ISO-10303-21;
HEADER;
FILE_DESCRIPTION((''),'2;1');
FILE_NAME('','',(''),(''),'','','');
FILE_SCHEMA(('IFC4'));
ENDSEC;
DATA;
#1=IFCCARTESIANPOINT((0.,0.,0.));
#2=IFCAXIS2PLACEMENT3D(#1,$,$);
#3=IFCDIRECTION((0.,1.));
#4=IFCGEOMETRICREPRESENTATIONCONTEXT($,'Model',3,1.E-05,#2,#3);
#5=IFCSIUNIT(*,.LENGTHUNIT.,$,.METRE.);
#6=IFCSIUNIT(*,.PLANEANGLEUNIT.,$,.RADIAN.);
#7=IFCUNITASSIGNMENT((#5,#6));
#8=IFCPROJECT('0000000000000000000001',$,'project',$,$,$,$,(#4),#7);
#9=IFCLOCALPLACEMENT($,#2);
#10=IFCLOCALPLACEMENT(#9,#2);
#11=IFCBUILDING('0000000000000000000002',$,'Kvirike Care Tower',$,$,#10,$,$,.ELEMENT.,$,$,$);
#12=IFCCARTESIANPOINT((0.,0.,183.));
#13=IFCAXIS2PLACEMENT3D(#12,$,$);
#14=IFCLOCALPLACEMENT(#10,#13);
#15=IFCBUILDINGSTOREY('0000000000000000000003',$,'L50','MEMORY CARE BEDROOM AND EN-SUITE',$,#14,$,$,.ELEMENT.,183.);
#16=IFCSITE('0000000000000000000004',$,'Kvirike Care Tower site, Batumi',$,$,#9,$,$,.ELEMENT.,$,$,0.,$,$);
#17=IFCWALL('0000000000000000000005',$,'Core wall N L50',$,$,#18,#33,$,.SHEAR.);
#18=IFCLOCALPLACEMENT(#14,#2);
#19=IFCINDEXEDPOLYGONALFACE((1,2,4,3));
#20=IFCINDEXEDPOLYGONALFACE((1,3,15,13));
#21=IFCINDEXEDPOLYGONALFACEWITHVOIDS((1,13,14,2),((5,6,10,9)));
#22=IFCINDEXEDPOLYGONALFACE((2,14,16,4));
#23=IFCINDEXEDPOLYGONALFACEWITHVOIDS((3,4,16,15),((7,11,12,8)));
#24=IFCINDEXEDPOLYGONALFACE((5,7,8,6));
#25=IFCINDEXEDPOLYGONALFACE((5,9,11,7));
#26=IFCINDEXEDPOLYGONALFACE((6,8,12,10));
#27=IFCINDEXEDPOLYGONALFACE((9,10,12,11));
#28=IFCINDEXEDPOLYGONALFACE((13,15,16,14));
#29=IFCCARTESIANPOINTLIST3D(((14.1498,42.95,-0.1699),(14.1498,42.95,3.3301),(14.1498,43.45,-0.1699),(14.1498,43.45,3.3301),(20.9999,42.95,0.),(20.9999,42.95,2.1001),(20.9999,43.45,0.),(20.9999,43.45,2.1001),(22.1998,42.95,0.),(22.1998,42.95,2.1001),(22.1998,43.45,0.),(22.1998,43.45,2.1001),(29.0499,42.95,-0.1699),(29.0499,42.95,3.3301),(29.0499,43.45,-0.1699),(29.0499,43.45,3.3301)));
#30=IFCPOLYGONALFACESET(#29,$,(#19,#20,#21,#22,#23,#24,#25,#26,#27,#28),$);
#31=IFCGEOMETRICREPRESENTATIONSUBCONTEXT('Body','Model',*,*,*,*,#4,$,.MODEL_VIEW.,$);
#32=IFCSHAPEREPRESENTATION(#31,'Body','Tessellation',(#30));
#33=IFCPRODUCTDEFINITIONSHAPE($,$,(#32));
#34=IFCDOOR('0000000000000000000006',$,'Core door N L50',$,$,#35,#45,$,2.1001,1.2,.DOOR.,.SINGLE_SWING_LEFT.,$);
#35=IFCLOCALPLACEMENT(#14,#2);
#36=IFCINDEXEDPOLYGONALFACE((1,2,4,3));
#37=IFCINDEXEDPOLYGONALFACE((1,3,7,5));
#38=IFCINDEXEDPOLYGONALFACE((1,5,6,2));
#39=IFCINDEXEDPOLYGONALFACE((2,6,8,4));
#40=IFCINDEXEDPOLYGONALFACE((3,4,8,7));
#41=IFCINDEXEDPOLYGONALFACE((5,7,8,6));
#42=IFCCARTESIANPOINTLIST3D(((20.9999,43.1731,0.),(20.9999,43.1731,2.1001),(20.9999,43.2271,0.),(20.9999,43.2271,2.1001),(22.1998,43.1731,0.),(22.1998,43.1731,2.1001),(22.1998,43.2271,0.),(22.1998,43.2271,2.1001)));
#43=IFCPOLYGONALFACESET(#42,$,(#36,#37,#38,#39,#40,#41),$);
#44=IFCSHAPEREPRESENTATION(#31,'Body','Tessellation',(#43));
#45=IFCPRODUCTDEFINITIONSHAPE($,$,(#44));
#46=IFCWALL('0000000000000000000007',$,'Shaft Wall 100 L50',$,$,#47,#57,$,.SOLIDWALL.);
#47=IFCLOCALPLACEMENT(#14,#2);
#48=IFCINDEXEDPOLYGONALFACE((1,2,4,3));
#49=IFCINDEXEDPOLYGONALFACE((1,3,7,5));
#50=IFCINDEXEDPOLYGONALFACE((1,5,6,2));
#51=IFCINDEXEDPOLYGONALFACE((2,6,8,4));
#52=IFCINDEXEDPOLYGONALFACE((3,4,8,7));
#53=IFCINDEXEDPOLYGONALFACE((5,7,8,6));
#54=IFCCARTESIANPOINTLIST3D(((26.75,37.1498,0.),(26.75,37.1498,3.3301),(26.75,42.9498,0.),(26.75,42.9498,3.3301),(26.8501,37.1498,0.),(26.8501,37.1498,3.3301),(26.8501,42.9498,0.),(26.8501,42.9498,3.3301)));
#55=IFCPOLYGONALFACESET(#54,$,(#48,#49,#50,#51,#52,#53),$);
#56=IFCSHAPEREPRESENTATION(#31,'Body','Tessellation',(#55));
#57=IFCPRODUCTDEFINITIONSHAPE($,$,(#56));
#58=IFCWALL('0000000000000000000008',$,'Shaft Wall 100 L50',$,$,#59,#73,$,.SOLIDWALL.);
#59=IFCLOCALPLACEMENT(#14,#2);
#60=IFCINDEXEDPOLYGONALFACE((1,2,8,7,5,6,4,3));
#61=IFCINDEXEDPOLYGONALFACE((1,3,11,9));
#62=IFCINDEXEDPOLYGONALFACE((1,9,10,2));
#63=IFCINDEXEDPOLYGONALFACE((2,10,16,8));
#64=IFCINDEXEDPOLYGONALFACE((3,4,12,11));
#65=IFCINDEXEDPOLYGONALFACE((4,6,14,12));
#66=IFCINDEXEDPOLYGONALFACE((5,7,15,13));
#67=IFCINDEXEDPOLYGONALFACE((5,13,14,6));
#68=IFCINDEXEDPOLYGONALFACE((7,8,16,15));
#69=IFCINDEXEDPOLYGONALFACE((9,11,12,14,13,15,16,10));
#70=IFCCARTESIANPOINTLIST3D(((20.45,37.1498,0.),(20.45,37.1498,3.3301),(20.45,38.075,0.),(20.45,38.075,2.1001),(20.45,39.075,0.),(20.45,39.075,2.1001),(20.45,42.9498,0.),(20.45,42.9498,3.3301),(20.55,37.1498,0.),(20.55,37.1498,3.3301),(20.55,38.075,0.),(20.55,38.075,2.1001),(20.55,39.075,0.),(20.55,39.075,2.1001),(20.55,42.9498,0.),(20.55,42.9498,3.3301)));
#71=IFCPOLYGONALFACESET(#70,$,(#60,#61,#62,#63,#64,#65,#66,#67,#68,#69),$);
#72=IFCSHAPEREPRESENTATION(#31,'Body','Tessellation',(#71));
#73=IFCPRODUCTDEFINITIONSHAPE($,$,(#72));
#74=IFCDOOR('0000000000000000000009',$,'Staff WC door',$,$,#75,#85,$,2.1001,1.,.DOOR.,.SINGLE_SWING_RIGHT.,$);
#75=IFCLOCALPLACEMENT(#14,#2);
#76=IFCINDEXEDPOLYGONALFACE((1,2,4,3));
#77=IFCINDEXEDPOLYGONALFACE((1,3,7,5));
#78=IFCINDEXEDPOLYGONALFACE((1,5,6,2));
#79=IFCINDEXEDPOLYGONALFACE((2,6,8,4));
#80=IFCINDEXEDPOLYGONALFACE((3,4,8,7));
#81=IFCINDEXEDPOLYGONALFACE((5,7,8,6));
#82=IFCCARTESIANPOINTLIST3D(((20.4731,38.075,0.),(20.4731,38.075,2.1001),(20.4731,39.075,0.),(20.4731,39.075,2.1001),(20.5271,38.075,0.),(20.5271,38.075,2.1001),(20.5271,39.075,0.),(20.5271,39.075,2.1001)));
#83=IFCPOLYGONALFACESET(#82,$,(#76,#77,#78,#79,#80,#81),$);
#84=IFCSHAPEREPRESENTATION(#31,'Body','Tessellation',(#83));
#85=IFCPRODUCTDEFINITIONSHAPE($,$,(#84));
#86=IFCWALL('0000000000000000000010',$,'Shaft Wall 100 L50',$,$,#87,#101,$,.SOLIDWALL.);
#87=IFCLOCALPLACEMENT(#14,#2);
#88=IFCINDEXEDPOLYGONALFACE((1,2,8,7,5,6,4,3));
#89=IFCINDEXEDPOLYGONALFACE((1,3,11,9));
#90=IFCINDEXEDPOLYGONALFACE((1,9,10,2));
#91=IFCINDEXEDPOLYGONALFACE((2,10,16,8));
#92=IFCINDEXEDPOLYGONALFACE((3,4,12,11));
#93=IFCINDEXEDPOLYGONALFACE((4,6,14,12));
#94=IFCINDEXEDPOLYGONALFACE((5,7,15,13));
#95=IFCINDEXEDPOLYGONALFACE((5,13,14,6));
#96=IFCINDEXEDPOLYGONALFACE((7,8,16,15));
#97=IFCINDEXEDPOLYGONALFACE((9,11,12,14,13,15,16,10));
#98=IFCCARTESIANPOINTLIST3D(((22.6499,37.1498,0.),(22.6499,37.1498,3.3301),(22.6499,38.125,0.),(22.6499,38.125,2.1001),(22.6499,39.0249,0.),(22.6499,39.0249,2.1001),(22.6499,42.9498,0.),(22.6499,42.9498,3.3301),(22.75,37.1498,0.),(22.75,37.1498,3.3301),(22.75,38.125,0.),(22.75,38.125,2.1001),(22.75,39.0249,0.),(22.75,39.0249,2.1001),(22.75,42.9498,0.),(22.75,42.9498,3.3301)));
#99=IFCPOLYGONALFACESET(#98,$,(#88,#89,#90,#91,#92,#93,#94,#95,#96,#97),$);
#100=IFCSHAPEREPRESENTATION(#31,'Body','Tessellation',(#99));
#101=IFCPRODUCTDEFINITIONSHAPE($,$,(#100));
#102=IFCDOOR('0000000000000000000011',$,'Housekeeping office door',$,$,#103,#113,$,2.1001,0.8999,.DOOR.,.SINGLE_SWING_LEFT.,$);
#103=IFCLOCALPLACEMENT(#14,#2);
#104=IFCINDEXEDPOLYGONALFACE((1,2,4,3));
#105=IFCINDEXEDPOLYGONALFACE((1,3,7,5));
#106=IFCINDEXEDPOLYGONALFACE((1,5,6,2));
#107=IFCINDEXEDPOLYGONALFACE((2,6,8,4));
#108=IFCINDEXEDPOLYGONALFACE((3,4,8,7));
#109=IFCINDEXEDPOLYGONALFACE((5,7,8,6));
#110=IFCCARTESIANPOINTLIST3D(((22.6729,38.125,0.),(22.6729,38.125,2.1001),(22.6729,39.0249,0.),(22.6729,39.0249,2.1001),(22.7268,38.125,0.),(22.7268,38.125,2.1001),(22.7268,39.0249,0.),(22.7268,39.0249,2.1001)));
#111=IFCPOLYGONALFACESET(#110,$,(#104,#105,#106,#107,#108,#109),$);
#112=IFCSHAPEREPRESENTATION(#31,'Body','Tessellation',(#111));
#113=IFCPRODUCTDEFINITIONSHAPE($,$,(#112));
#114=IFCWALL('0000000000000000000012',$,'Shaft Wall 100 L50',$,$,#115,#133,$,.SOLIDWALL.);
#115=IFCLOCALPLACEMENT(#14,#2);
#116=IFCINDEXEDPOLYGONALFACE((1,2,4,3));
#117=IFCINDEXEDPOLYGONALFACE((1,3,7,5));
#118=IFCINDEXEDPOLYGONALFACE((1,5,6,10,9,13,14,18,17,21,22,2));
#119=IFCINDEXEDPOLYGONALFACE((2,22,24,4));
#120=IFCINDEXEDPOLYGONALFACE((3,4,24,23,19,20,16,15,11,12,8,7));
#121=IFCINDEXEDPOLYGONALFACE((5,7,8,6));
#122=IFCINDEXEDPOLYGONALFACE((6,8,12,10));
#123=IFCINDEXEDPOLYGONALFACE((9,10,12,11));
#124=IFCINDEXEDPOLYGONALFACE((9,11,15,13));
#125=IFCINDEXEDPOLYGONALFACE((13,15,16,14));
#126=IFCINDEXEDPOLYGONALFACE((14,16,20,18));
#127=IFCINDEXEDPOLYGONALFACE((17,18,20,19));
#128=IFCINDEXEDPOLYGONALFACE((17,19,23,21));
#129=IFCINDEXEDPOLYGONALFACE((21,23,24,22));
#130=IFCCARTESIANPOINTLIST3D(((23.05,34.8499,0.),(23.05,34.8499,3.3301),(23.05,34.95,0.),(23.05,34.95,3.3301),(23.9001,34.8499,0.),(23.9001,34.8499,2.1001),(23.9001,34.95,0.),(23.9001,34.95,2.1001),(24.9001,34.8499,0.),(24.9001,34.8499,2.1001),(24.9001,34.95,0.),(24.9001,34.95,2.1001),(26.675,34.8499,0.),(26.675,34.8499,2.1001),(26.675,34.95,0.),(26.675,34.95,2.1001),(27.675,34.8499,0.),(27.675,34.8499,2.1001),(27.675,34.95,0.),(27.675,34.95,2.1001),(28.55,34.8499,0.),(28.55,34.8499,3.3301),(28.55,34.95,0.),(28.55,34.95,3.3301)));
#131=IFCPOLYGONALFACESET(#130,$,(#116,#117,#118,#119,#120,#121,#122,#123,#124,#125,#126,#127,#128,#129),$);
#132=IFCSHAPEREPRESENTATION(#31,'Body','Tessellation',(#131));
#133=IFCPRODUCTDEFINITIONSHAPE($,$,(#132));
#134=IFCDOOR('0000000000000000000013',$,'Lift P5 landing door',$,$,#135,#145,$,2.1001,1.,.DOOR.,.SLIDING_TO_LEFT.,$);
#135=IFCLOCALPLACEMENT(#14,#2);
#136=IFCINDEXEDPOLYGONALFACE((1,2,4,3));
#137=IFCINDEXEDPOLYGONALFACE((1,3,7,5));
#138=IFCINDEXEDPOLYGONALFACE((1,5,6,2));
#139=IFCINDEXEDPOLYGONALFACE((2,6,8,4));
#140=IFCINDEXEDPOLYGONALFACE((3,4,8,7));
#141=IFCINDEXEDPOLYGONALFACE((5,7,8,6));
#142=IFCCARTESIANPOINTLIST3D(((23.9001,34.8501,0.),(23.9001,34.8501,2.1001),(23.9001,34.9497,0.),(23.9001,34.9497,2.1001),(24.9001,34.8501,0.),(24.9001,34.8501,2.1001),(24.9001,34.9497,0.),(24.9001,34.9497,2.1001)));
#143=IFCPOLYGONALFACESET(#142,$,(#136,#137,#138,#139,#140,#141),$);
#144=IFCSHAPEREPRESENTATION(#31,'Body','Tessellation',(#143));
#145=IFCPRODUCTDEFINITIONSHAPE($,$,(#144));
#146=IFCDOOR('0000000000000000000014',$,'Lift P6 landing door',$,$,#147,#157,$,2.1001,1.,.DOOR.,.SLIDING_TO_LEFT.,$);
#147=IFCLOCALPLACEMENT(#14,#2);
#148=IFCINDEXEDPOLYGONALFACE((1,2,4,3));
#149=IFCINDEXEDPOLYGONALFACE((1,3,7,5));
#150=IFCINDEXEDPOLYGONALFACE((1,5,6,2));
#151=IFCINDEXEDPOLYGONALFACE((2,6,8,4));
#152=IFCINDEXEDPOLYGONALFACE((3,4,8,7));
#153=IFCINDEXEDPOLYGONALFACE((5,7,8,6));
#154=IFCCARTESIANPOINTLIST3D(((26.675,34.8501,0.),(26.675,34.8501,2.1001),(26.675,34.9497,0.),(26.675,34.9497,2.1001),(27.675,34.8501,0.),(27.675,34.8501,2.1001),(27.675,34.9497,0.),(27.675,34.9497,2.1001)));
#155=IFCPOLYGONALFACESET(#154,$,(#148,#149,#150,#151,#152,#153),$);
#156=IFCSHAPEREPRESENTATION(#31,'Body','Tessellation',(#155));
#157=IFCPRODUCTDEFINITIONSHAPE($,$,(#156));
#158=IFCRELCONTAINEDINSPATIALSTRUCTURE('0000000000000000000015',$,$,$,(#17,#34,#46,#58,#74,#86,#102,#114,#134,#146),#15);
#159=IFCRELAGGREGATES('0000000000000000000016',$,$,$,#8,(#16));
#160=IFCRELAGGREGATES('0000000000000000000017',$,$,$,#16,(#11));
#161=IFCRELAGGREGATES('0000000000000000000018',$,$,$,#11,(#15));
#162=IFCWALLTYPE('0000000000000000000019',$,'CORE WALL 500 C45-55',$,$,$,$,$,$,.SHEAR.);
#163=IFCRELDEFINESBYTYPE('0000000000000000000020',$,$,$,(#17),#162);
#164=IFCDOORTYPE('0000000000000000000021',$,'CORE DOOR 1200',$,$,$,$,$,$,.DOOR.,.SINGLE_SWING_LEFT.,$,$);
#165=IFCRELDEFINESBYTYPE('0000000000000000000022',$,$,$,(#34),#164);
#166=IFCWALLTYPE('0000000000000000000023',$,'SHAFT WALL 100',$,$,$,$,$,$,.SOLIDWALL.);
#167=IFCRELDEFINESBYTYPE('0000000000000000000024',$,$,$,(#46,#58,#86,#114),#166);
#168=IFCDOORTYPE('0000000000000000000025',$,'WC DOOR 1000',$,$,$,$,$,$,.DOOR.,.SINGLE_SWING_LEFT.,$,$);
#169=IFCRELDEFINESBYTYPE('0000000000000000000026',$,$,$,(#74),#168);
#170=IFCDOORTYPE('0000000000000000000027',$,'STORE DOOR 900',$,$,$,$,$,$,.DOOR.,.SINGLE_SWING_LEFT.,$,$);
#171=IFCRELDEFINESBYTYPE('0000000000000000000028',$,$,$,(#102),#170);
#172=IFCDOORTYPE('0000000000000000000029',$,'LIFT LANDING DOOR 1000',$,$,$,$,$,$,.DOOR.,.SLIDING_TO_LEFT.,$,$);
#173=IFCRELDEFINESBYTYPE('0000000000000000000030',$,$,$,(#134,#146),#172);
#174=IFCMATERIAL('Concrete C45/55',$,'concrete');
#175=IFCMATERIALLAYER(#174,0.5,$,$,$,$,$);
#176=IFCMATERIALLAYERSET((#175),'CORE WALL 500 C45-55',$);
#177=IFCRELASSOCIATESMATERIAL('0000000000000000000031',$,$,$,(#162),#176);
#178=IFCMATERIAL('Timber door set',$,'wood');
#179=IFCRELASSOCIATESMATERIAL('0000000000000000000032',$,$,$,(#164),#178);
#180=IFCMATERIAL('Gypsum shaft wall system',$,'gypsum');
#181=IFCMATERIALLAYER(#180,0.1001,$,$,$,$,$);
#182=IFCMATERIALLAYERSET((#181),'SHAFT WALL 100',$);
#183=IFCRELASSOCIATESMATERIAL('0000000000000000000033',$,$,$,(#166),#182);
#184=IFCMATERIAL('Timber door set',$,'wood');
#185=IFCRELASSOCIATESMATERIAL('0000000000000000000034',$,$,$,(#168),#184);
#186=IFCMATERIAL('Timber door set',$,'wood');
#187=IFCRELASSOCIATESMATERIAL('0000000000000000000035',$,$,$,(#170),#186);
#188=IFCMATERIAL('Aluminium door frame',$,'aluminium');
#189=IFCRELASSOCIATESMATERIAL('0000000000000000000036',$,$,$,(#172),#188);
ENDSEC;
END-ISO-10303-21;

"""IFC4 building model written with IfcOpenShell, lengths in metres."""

from ifc_helpers import new_model, si_unit, direction, frame, frame_2d, origin, place, context, subcontext, project, spatial, rectangle, extrude, material, layer, layer_set, type_object, element, fill, save


model = new_model("IFC4")

# Units and contexts
model_context = context("Model", 3, precision=1e-05, world=origin(), true_north=direction((0.0, 1.0)))
body_context = subcontext(model_context, "Body", "Model", "MODEL_VIEW")
ifc_project = project(units=[si_unit("LENGTHUNIT", "METRE"), si_unit("PLANEANGLEUNIT", "RADIAN")], contexts=[model_context])

# Site, building, storey
site_placement = place(None, origin())
site = spatial("IfcSite", under=ifc_project, at=site_placement, Name="Kvirike Care Tower site, Batumi", CompositionType="ELEMENT", RefElevation=0.0)
building_placement = place(site_placement, origin())
building = spatial("IfcBuilding", under=site, at=building_placement, Name="Kvirike Care Tower", CompositionType="ELEMENT")
storey_placement = place(building_placement, frame((0.0, 0.0, 183.0)))
storey = spatial("IfcBuildingStorey", under=building, at=storey_placement, Name="L50", Description="MEMORY CARE BEDROOM AND EN-SUITE", CompositionType="ELEMENT", Elevation=183.0)

# Wall, opening, door
ifc_material_1 = material(Name="Concrete C45/55", Category="concrete")
ifc_layer_1 = layer(ifc_material_1, 0.5)
ifc_layer_set_1 = layer_set([ifc_layer_1], Name="CORE WALL 500 C45-55")
wall_type_1 = type_object("IfcWallType", Name="CORE WALL 500 C45-55", PredefinedType="SHEAR", material=ifc_layer_set_1)
wall_1_placement = place(storey_placement, frame((29.05, 43.2, -0.1699), z_axis=(0.0, 0.0, 1.0), x_axis=(-1.0, 0.0, 0.0)))
wall_1 = element("IfcWall", 1, at=wall_1_placement, inside=storey, type_object=wall_type_1, Name="Core wall N L50", PredefinedType="SHEAR", context=body_context, shape_type="SweptSolid", body=[
    extrude(rectangle(XDim=14.9001, YDim=0.5, at=frame_2d((7.4502, 0.0))), origin(), (0.0, 0.0, 1.0), 3.5),
])
opening_1_placement = place(wall_1_placement, frame((6.8501, 0.0, 0.1699)))
opening_1 = element("IfcOpeningElement", 2, at=opening_1_placement, cuts=wall_1, PredefinedType="OPENING", context=body_context, shape_type="SweptSolid", body=[
    extrude(rectangle(XDim=1.2, YDim=2.1001, at=frame_2d((0.6001, 1.05))), frame((0.0, 0.2605, 0.0), z_axis=(0.0, -1.0, 0.0), x_axis=(1.0, 0.0, 0.0)), (0.0, 0.0, 1.0), 0.521),
])
ifc_material_2 = material(Name="Timber door set", Category="wood")
door_type_1 = type_object("IfcDoorType", Name="CORE DOOR 1200", OperationType="SINGLE_SWING_LEFT", PredefinedType="DOOR", material=ifc_material_2)
door_1_placement = place(opening_1_placement, origin())
door_1 = element("IfcDoor", 3, at=door_1_placement, inside=storey, type_object=door_type_1, Name="Core door N L50", OperationType="SINGLE_SWING_LEFT", OverallHeight=2.1001, OverallWidth=1.2, PredefinedType="DOOR", context=body_context, shape_type="SweptSolid", body=[
    extrude(rectangle(XDim=1.2, YDim=2.1001, at=frame_2d((0.6001, 1.05))), frame((0.0, 0.0269, 0.0), z_axis=(0.0, -1.0, 0.0), x_axis=(1.0, 0.0, 0.0)), (0.0, 0.0, 1.0), 0.054),
])
fill(opening_1, door_1)

# Wall
ifc_material_3 = material(Name="Gypsum shaft wall system", Category="gypsum")
ifc_layer_2 = layer(ifc_material_3, 0.1001)
ifc_layer_set_2 = layer_set([ifc_layer_2], Name="SHAFT WALL 100")
wall_type_2 = type_object("IfcWallType", Name="SHAFT WALL 100", PredefinedType="SOLIDWALL", material=ifc_layer_set_2)
wall_2_placement = place(storey_placement, frame((26.8, 37.1499, 0.0), z_axis=(0.0, 0.0, 1.0), x_axis=(0.0, 1.0, 0.0)))
element("IfcWall", 4, at=wall_2_placement, inside=storey, type_object=wall_type_2, Name="Shaft Wall 100 L50", PredefinedType="SOLIDWALL", context=body_context, shape_type="SweptSolid", body=[
    extrude(rectangle(XDim=5.8, YDim=0.1001, at=frame_2d((2.8999, 0.0))), origin(), (0.0, 0.0, 1.0), 3.3301),
])

# Walls, openings, doors
wall_3_placement = place(storey_placement, frame((20.5, 37.1499, 0.0), z_axis=(0.0, 0.0, 1.0), x_axis=(0.0, 1.0, 0.0)))
wall_3 = element("IfcWall", 5, at=wall_3_placement, inside=storey, type_object=wall_type_2, Name="Shaft Wall 100 L50", PredefinedType="SOLIDWALL", context=body_context, shape_type="SweptSolid", body=[
    extrude(rectangle(XDim=5.8, YDim=0.1001, at=frame_2d((2.8999, 0.0))), origin(), (0.0, 0.0, 1.0), 3.3301),
])
opening_2_placement = place(wall_3_placement, frame((0.925, 0.0, 0.0)))
opening_2 = element("IfcOpeningElement", 6, at=opening_2_placement, cuts=wall_3, PredefinedType="OPENING", context=body_context, shape_type="SweptSolid", body=[
    extrude(rectangle(XDim=1.0, YDim=2.1001, at=frame_2d((0.5, 1.05))), frame((0.0, 0.0605, 0.0), z_axis=(0.0, -1.0, 0.0), x_axis=(1.0, 0.0, 0.0)), (0.0, 0.0, 1.0), 0.1211),
])
ifc_material_4 = material(Name="Timber door set", Category="wood")
door_type_2 = type_object("IfcDoorType", Name="WC DOOR 1000", OperationType="SINGLE_SWING_LEFT", PredefinedType="DOOR", material=ifc_material_4)
door_2_placement = place(opening_2_placement, origin())
door_2 = element("IfcDoor", 7, at=door_2_placement, inside=storey, type_object=door_type_2, Name="Staff WC door", OperationType="SINGLE_SWING_RIGHT", OverallHeight=2.1001, OverallWidth=1.0, PredefinedType="DOOR", context=body_context, shape_type="SweptSolid", body=[
    extrude(rectangle(XDim=1.0, YDim=2.1001, at=frame_2d((0.5, 1.05))), frame((0.0, 0.0269, 0.0), z_axis=(0.0, -1.0, 0.0), x_axis=(1.0, 0.0, 0.0)), (0.0, 0.0, 1.0), 0.054),
])
fill(opening_2, door_2)
wall_4_placement = place(storey_placement, frame((22.7, 37.1499, 0.0), z_axis=(0.0, 0.0, 1.0), x_axis=(0.0, 1.0, 0.0)))
wall_4 = element("IfcWall", 8, at=wall_4_placement, inside=storey, type_object=wall_type_2, Name="Shaft Wall 100 L50", PredefinedType="SOLIDWALL", context=body_context, shape_type="SweptSolid", body=[
    extrude(rectangle(XDim=5.8, YDim=0.1001, at=frame_2d((2.8999, 0.0))), origin(), (0.0, 0.0, 1.0), 3.3301),
])
opening_3_placement = place(wall_4_placement, frame((0.9751, 0.0, 0.0)))
opening_3 = element("IfcOpeningElement", 9, at=opening_3_placement, cuts=wall_4, PredefinedType="OPENING", context=body_context, shape_type="SweptSolid", body=[
    extrude(rectangle(XDim=0.8999, YDim=2.1001, at=frame_2d((0.45, 1.05))), frame((0.0, 0.0605, 0.0), z_axis=(0.0, -1.0, 0.0), x_axis=(1.0, 0.0, 0.0)), (0.0, 0.0, 1.0), 0.1211),
])
ifc_material_5 = material(Name="Timber door set", Category="wood")
door_type_3 = type_object("IfcDoorType", Name="STORE DOOR 900", OperationType="SINGLE_SWING_LEFT", PredefinedType="DOOR", material=ifc_material_5)
door_3_placement = place(opening_3_placement, frame((0.8999, 0.0, 0.0), z_axis=(0.0, 0.0, 1.0), x_axis=(-1.0, 0.0, 0.0)))
door_3 = element("IfcDoor", 10, at=door_3_placement, inside=storey, type_object=door_type_3, Name="Housekeeping office door", OperationType="SINGLE_SWING_LEFT", OverallHeight=2.1001, OverallWidth=0.8999, PredefinedType="DOOR", context=body_context, shape_type="SweptSolid", body=[
    extrude(rectangle(XDim=0.8999, YDim=2.1001, at=frame_2d((0.45, 1.05))), frame((0.0, 0.0269, 0.0), z_axis=(0.0, -1.0, 0.0), x_axis=(1.0, 0.0, 0.0)), (0.0, 0.0, 1.0), 0.054),
])
fill(opening_3, door_3)

# Wall, openings, doors
wall_5_placement = place(storey_placement, frame((23.05, 34.8999, 0.0), z_axis=(0.0, 0.0, 1.0), x_axis=(1.0, 0.0, 0.0)))
wall_5 = element("IfcWall", 11, at=wall_5_placement, inside=storey, type_object=wall_type_2, Name="Shaft Wall 100 L50", PredefinedType="SOLIDWALL", context=body_context, shape_type="SweptSolid", body=[
    extrude(rectangle(XDim=5.5, YDim=0.1001, at=frame_2d((2.75, 0.0))), origin(), (0.0, 0.0, 1.0), 3.3301),
])
opening_4_placement = place(wall_5_placement, frame((0.8501, 0.0, 0.0)))
opening_4 = element("IfcOpeningElement", 12, at=opening_4_placement, cuts=wall_5, PredefinedType="OPENING", context=body_context, shape_type="SweptSolid", body=[
    extrude(rectangle(XDim=1.0, YDim=2.1001, at=frame_2d((0.5, 1.05))), frame((0.0, 0.0605, 0.0), z_axis=(0.0, -1.0, 0.0), x_axis=(1.0, 0.0, 0.0)), (0.0, 0.0, 1.0), 0.1211),
])
opening_5_placement = place(wall_5_placement, frame((3.625, 0.0, 0.0)))
opening_5 = element("IfcOpeningElement", 13, at=opening_5_placement, cuts=wall_5, PredefinedType="OPENING", context=body_context, shape_type="SweptSolid", body=[
    extrude(rectangle(XDim=1.0, YDim=2.1001, at=frame_2d((0.5, 1.05))), frame((0.0, 0.0605, 0.0), z_axis=(0.0, -1.0, 0.0), x_axis=(1.0, 0.0, 0.0)), (0.0, 0.0, 1.0), 0.1211),
])
ifc_material_6 = material(Name="Aluminium door frame", Category="aluminium")
door_type_4 = type_object("IfcDoorType", Name="LIFT LANDING DOOR 1000", OperationType="SLIDING_TO_LEFT", PredefinedType="DOOR", material=ifc_material_6)
door_4_placement = place(opening_4_placement, origin())
door_4 = element("IfcDoor", 14, at=door_4_placement, inside=storey, type_object=door_type_4, Name="Lift P5 landing door", OperationType="SLIDING_TO_LEFT", OverallHeight=2.1001, OverallWidth=1.0, PredefinedType="DOOR", context=body_context, shape_type="SweptSolid", body=[
    extrude(rectangle(XDim=1.0, YDim=2.1001, at=frame_2d((0.5, 1.05))), frame((0.0, 0.0498, 0.0), z_axis=(0.0, -1.0, 0.0), x_axis=(1.0, 0.0, 0.0)), (0.0, 0.0, 1.0), 0.0996),
])
fill(opening_4, door_4)
door_5_placement = place(opening_5_placement, origin())
door_5 = element("IfcDoor", 15, at=door_5_placement, inside=storey, type_object=door_type_4, Name="Lift P6 landing door", OperationType="SLIDING_TO_LEFT", OverallHeight=2.1001, OverallWidth=1.0, PredefinedType="DOOR", context=body_context, shape_type="SweptSolid", body=[
    extrude(rectangle(XDim=1.0, YDim=2.1001, at=frame_2d((0.5, 1.05))), frame((0.0, 0.0498, 0.0), z_axis=(0.0, -1.0, 0.0), x_axis=(1.0, 0.0, 0.0)), (0.0, 0.0, 1.0), 0.0996),
])
fill(opening_5, door_5)

save(model, "model.ifc")
